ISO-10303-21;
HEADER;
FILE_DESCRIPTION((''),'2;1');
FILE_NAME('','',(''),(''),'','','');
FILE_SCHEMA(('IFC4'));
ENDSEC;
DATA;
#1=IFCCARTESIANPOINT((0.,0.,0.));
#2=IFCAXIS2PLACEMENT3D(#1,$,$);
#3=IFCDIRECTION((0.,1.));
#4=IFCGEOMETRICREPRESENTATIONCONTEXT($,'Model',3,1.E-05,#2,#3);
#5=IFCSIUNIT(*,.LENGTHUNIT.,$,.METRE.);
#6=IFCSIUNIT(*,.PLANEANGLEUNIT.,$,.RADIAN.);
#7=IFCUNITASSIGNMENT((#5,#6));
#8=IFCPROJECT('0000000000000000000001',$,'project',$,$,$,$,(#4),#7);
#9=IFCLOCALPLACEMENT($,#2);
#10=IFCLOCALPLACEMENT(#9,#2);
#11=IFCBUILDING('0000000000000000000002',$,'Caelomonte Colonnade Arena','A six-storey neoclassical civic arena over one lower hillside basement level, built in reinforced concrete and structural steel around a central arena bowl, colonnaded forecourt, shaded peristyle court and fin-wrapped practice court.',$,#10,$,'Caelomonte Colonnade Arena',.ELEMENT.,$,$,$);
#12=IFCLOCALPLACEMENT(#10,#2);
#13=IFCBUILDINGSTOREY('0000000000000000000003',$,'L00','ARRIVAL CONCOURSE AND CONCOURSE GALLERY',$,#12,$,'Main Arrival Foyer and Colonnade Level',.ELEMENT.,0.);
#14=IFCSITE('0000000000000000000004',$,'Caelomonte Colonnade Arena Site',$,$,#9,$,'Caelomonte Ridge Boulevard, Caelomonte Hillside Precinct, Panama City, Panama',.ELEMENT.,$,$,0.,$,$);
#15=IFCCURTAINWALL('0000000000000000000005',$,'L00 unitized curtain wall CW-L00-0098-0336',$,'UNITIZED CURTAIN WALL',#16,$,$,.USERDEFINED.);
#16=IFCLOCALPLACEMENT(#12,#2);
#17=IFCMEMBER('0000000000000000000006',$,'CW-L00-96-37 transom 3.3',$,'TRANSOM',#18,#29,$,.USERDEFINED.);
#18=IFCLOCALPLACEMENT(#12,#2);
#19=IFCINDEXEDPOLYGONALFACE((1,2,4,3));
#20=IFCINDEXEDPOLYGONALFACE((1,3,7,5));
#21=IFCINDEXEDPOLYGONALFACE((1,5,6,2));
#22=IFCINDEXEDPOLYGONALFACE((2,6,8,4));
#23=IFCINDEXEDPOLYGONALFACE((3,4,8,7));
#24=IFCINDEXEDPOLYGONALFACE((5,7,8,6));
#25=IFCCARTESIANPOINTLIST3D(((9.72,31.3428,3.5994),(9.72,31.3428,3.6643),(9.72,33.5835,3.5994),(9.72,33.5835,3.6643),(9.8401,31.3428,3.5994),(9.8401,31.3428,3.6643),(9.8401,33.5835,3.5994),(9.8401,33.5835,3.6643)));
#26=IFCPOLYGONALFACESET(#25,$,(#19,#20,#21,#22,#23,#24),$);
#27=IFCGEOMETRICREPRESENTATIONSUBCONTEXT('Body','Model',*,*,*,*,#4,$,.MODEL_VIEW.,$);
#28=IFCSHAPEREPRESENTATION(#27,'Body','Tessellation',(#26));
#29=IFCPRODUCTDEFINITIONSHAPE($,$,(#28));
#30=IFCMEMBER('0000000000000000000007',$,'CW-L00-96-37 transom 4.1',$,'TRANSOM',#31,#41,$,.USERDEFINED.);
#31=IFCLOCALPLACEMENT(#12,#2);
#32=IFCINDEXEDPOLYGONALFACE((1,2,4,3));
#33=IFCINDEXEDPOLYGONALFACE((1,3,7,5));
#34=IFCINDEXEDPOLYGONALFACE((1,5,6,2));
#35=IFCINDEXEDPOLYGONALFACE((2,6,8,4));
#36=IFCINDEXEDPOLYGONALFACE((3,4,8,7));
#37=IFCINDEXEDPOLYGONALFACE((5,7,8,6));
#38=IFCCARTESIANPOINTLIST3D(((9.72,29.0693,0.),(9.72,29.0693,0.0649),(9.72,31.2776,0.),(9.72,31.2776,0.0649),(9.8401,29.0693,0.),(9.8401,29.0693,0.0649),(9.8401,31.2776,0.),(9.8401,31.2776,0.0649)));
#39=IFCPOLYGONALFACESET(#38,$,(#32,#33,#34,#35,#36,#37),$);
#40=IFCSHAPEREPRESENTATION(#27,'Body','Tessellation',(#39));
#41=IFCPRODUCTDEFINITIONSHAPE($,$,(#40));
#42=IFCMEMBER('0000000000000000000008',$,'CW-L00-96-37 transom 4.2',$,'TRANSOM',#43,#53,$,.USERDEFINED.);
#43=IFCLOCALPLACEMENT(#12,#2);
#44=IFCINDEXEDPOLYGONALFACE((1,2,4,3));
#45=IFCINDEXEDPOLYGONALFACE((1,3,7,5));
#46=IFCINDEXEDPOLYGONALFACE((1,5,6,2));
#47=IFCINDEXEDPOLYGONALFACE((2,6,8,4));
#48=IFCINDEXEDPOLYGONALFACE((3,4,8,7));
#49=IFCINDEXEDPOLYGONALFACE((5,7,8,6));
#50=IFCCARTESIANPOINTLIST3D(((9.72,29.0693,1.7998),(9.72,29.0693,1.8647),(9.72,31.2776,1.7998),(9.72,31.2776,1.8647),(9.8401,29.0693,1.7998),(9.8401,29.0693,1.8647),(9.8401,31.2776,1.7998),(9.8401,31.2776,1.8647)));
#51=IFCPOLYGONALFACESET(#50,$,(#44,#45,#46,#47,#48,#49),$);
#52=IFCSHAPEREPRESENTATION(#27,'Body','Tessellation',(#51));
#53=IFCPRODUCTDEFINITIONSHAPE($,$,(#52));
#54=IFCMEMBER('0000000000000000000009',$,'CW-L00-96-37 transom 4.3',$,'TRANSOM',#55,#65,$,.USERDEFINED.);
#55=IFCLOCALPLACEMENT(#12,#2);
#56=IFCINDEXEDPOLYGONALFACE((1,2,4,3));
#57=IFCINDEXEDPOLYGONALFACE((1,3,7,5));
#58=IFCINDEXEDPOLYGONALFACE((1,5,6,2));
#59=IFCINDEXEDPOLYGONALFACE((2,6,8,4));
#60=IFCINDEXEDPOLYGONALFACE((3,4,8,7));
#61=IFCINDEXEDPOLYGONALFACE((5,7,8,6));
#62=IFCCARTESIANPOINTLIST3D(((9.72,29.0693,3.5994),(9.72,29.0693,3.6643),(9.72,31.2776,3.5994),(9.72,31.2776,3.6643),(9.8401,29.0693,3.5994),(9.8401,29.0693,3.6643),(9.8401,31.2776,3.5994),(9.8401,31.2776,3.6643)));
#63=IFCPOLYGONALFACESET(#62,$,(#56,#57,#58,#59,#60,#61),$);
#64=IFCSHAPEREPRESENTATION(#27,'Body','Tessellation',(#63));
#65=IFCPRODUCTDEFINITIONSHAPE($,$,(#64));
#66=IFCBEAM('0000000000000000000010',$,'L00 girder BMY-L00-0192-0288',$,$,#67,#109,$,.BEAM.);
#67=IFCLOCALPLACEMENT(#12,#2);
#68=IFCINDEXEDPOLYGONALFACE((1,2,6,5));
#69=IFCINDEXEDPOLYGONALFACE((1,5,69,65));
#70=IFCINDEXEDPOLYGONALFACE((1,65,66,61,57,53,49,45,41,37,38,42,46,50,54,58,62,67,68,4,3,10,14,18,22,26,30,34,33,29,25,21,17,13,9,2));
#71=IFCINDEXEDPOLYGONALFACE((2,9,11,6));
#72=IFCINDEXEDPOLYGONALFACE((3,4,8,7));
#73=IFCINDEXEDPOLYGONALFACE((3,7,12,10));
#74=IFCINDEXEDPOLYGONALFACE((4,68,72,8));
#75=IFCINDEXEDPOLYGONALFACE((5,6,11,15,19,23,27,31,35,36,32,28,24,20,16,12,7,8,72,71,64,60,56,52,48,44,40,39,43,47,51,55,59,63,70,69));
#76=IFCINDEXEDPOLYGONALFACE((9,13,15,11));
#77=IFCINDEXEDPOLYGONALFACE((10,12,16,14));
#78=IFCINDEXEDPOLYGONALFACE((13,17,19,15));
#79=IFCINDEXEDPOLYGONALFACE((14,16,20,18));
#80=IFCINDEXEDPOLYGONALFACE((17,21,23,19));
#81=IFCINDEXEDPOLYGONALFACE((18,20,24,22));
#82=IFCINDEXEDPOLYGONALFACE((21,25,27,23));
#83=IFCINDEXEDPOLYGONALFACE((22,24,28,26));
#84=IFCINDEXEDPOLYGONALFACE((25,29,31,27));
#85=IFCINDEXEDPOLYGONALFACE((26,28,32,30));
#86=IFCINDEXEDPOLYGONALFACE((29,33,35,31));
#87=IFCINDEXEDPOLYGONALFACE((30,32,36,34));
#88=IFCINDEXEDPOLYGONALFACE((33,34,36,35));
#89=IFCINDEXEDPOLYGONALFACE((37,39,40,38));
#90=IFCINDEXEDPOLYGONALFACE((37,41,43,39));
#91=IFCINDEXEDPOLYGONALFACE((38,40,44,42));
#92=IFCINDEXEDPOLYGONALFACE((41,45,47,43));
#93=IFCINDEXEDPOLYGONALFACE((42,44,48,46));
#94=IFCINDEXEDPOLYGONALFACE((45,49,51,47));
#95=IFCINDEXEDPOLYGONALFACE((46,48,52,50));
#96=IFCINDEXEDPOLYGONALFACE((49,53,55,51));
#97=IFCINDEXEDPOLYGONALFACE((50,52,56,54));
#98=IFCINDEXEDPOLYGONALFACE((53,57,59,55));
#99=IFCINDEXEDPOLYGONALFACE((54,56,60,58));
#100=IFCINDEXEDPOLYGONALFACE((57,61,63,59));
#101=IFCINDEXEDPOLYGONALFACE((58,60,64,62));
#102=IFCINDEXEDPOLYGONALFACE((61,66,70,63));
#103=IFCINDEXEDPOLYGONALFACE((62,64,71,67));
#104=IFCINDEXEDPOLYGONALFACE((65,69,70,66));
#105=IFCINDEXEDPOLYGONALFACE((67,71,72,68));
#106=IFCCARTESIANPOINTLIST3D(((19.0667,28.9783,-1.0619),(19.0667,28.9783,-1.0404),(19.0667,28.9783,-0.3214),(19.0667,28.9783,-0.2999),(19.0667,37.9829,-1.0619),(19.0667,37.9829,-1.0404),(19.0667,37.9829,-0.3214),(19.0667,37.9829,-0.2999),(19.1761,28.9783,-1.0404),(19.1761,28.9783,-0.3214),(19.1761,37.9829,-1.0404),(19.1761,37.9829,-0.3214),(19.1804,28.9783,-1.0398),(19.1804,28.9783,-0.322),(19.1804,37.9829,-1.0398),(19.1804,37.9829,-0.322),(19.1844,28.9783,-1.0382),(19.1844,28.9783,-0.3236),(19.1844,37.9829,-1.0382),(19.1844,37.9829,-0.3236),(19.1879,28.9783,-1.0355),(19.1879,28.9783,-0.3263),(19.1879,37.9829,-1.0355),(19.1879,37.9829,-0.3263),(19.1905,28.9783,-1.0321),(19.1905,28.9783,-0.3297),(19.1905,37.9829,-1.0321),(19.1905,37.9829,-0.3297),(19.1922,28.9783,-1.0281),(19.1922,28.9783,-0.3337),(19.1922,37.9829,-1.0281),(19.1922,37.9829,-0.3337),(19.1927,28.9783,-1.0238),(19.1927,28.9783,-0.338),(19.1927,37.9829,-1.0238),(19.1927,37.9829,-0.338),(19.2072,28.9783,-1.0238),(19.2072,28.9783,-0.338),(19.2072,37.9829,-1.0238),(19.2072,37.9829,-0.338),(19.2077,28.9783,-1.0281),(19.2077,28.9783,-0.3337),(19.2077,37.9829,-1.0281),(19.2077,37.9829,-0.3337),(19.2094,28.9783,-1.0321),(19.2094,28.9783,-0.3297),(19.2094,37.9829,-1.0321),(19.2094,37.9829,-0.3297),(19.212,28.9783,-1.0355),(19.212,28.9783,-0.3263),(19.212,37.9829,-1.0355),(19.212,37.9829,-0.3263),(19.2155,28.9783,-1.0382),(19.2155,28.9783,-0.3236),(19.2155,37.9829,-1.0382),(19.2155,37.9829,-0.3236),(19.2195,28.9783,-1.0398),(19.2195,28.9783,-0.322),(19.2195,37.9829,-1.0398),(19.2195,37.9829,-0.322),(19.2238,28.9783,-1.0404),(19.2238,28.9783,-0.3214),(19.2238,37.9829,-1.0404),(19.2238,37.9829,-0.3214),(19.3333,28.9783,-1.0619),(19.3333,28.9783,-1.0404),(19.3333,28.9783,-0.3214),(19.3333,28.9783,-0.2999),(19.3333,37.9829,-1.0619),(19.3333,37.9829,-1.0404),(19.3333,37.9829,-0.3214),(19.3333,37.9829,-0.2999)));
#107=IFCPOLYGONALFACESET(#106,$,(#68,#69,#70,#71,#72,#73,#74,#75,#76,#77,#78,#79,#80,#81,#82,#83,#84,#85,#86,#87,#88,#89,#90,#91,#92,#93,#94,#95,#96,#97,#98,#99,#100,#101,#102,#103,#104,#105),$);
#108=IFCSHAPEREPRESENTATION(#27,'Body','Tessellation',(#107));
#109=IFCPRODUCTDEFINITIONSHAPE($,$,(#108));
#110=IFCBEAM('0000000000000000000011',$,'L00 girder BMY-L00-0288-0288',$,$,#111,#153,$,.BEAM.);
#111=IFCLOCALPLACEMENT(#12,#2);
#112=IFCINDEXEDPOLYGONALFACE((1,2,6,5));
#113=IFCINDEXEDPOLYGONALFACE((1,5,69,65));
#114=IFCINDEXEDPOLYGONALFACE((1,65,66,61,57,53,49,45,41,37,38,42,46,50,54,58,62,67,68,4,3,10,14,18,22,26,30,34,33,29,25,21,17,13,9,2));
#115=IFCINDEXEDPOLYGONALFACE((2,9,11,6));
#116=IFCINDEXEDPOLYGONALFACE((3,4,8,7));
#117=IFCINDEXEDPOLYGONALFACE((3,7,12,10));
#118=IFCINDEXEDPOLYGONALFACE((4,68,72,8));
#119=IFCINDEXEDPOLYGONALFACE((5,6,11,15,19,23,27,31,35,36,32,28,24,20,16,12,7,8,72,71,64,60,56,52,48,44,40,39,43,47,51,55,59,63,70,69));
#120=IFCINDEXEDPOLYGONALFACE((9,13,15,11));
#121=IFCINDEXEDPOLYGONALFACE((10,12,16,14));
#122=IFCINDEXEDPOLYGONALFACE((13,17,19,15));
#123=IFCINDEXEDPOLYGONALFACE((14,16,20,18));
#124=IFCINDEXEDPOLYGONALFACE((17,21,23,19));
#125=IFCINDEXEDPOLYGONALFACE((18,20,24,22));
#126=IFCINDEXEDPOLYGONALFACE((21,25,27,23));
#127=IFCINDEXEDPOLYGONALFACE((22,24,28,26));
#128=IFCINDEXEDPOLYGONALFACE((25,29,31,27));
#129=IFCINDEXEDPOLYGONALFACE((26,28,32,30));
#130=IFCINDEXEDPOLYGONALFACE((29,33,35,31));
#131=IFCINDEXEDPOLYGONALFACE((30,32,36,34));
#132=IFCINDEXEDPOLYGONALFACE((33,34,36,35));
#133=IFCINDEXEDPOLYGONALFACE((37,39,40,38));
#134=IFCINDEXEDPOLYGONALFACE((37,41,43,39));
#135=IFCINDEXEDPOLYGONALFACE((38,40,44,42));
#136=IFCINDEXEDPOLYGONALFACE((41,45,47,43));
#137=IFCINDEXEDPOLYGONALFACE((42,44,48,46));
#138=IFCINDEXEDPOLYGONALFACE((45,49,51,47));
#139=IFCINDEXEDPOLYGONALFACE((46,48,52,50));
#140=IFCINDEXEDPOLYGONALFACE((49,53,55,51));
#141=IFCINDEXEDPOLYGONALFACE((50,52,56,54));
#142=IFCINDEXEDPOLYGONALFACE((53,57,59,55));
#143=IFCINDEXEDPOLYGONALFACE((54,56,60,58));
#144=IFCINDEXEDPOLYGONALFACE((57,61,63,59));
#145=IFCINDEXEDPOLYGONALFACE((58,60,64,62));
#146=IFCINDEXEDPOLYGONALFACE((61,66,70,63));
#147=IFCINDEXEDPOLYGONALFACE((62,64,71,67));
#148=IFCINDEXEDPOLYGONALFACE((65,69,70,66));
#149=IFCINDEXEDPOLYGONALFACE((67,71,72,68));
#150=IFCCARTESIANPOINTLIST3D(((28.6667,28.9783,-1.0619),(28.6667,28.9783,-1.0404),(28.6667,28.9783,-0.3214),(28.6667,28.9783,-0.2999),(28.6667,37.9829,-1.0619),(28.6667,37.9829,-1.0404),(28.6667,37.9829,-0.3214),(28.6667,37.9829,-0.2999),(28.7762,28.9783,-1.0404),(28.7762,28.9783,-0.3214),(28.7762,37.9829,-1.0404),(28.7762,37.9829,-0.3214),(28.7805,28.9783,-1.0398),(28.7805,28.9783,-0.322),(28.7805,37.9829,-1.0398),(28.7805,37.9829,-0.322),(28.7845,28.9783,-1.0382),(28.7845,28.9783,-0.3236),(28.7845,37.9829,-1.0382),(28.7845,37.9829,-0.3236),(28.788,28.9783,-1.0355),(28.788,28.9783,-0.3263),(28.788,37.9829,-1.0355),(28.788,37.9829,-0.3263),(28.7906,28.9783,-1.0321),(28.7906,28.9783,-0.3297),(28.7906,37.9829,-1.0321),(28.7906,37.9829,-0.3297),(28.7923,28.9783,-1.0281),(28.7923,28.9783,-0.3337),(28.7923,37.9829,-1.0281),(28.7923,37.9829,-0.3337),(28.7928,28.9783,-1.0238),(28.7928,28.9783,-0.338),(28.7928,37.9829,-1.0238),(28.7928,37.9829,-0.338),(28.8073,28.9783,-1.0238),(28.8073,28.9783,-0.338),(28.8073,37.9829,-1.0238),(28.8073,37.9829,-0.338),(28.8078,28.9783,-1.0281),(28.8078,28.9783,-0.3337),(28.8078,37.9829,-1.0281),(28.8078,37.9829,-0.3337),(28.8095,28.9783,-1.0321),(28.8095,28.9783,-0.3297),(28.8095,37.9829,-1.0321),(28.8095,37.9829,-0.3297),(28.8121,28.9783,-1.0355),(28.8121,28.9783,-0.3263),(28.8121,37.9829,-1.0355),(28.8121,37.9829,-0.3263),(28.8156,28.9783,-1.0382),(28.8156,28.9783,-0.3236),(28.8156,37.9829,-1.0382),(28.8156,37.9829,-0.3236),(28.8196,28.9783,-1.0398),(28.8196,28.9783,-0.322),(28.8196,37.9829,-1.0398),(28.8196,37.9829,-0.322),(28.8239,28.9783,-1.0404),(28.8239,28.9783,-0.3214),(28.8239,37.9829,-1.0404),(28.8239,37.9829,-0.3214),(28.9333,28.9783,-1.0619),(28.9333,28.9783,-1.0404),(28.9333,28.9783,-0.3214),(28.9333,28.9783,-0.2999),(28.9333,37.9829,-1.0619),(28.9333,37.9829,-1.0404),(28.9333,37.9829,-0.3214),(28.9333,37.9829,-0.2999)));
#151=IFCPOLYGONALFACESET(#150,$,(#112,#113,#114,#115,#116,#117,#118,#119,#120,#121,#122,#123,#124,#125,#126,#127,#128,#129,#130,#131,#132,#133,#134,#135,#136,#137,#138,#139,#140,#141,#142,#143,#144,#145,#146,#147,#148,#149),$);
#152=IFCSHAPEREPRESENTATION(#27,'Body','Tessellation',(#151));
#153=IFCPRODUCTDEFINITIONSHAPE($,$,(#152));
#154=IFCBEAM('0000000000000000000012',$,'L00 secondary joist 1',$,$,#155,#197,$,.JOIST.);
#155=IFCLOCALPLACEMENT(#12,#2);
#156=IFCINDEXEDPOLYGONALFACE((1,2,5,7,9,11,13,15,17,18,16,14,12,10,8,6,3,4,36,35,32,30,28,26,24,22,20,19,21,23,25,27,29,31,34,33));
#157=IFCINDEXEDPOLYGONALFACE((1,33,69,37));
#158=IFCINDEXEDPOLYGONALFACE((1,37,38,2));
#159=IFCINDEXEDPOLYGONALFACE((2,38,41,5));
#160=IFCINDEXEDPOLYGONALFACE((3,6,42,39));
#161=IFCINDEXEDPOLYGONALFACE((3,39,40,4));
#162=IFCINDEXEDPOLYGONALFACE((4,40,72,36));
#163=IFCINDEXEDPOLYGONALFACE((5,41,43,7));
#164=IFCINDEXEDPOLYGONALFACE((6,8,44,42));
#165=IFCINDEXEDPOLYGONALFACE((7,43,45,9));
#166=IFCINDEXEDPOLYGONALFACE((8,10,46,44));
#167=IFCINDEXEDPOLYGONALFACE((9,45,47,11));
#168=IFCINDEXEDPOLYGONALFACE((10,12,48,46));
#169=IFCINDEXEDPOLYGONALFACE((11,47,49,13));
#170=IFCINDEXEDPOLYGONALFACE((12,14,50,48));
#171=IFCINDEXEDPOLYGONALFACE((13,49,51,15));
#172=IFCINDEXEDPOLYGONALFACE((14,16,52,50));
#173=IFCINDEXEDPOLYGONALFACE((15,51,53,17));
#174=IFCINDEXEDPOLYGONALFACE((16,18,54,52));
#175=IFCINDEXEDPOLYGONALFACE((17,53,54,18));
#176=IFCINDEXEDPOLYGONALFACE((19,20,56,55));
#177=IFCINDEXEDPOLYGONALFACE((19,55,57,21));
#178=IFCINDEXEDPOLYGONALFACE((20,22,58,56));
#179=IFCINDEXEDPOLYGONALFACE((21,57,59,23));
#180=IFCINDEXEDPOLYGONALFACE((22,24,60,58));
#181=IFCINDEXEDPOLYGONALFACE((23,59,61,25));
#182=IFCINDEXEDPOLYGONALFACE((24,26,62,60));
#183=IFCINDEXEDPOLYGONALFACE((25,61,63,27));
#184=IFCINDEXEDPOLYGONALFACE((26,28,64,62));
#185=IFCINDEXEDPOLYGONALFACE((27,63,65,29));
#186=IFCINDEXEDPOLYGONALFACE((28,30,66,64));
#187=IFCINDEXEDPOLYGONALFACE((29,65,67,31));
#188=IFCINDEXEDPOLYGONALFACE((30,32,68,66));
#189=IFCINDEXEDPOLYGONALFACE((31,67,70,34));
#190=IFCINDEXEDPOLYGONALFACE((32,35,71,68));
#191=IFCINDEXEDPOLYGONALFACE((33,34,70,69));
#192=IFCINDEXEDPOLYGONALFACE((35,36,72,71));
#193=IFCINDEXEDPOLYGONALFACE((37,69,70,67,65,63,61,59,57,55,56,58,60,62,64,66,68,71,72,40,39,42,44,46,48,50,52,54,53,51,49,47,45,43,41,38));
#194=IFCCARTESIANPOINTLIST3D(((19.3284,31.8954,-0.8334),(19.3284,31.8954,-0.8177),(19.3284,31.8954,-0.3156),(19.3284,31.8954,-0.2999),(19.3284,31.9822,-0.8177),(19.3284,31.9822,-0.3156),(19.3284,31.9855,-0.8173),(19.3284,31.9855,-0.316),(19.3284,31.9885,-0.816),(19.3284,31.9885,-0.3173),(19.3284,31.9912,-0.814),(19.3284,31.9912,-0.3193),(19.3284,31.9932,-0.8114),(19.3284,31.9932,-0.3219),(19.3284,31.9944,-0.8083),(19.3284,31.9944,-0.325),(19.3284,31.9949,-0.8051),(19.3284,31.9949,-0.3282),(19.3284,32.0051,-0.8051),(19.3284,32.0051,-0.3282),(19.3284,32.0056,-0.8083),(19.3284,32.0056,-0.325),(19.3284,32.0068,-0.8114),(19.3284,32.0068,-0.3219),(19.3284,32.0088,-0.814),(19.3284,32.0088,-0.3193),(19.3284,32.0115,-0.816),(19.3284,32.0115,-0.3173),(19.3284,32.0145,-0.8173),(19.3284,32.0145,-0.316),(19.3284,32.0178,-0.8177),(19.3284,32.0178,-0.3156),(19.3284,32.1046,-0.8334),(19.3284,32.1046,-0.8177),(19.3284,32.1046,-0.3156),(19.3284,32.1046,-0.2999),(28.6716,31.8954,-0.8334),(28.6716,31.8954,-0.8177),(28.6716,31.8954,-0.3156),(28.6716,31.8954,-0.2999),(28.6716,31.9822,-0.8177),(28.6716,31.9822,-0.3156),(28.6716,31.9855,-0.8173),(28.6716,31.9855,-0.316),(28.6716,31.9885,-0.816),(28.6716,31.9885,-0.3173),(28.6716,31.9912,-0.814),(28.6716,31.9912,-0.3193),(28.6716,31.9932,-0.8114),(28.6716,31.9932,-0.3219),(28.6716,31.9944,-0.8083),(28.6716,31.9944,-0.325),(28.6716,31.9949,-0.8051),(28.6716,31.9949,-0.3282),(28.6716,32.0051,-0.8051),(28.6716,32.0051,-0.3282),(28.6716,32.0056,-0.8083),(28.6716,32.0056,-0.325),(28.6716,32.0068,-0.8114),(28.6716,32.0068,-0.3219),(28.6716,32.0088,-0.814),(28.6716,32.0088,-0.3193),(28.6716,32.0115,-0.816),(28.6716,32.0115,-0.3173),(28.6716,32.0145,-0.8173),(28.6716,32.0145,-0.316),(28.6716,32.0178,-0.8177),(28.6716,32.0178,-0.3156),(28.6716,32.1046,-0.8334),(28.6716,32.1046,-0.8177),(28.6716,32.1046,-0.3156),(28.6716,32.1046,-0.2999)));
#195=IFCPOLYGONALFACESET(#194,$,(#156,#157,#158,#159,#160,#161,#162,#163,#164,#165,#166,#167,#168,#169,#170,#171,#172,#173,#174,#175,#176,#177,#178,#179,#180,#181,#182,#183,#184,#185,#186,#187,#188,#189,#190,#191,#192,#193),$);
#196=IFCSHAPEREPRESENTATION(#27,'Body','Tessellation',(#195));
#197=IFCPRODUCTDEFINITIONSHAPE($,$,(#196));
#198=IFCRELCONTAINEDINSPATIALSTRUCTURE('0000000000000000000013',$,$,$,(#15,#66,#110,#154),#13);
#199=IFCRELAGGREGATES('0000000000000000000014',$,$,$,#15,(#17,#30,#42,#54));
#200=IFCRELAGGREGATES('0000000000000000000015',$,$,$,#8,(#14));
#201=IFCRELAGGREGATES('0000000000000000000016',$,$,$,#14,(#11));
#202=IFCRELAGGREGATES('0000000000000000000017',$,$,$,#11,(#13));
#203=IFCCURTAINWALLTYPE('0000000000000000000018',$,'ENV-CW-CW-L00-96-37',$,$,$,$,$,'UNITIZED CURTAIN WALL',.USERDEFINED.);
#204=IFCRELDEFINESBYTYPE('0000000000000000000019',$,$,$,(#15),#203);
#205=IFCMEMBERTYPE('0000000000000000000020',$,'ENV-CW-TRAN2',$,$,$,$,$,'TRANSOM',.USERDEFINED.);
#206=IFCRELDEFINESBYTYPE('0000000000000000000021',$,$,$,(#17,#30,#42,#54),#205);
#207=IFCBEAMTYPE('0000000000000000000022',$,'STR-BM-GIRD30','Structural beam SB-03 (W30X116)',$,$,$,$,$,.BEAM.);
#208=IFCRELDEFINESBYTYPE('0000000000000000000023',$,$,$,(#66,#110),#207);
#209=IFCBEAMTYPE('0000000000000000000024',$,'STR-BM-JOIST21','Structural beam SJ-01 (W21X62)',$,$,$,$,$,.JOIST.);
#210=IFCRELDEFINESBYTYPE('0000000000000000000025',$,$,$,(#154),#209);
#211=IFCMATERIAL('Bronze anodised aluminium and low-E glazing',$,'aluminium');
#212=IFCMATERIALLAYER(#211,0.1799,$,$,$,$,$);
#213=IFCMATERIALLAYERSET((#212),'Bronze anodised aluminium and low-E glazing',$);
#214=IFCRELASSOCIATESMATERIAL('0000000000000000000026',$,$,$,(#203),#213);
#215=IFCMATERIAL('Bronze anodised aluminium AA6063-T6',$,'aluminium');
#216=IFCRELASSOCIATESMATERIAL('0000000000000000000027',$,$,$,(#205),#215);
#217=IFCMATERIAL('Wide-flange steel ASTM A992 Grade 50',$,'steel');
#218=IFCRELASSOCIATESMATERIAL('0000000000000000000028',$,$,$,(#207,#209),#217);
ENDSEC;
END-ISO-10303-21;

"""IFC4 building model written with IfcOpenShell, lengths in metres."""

from ifc_helpers import new_model, si_unit, direction, frame, origin, origin_2d, place, context, subcontext, project, spatial, rectangle, i_section, extrude, material, layer, layer_set, material_profile, profile_set, type_object, element, aggregate, save


model = new_model("IFC4")

# Units and contexts
model_context = context("Model", 3, precision=1e-05, world=origin(), true_north=direction((0.0, 1.0)))
body_context = subcontext(model_context, "Body", "Model", "MODEL_VIEW")
ifc_project = project(units=[si_unit("LENGTHUNIT", "METRE"), si_unit("PLANEANGLEUNIT", "RADIAN")], contexts=[model_context])

# Site, building, storey
site_placement = place(None, origin())
site = spatial("IfcSite", under=ifc_project, at=site_placement, Name="Caelomonte Colonnade Arena Site", LongName="Caelomonte Ridge Boulevard, Caelomonte Hillside Precinct, Panama City, Panama", CompositionType="ELEMENT", RefElevation=0.0)
building_placement = place(site_placement, origin())
building = spatial("IfcBuilding", under=site, at=building_placement, Name="Caelomonte Colonnade Arena", Description="A six-storey neoclassical civic arena over one lower hillside basement level, built in reinforced concrete and structural steel around a central arena bowl, colonnaded forecourt, shaded peristyle court and fin-wrapped practice court.", LongName="Caelomonte Colonnade Arena", CompositionType="ELEMENT")
storey_placement = place(building_placement, origin())
storey = spatial("IfcBuildingStorey", under=building, at=storey_placement, Name="L00", Description="ARRIVAL CONCOURSE AND CONCOURSE GALLERY", LongName="Main Arrival Foyer and Colonnade Level", CompositionType="ELEMENT", Elevation=0.0)

# Shared definitions
ifc_material_1 = material(Name="Wide-flange steel ASTM A992 Grade 50", Category="steel")

# Curtain wall, members
ifc_material_2 = material(Name="Bronze anodised aluminium and low-E glazing", Category="aluminium")
ifc_layer_1 = layer(ifc_material_2, 0.1799)
ifc_layer_set_1 = layer_set([ifc_layer_1], Name="Bronze anodised aluminium and low-E glazing")
curtain_wall_type = type_object("IfcCurtainWallType", Name="ENV-CW-CW-L00-96-37", ElementType="UNITIZED CURTAIN WALL", PredefinedType="USERDEFINED", material=ifc_layer_set_1)
curtain_wall_placement = place(storey_placement, origin())
curtain_wall = element("IfcCurtainWall", 1, at=curtain_wall_placement, inside=storey, type_object=curtain_wall_type, Name="L00 unitized curtain wall CW-L00-0098-0336", ObjectType="UNITIZED CURTAIN WALL", PredefinedType="USERDEFINED")
ifc_material_3 = material(Name="Bronze anodised aluminium AA6063-T6", Category="aluminium")
ifc_material_profile_1 = material_profile(ifc_material_3, rectangle(XDim=0.0649, YDim=0.1201, at=origin_2d()), Name="CWT-65X120")
ifc_profile_set_1 = profile_set([ifc_material_profile_1], Name="Bronze anodised aluminium AA6063-T6")
member_type_1 = type_object("IfcMemberType", Name="ENV-CW-TRAN2", ElementType="TRANSOM", PredefinedType="USERDEFINED", material=ifc_profile_set_1)
member_1_placement = place(storey_placement, frame((9.78, 33.5835, 3.6318), z_axis=(0.0, -1.0, 0.0), x_axis=(0.0, 0.0, 1.0)))
member_1 = element("IfcMember", 2, at=member_1_placement, type_object=member_type_1, Name="CW-L00-96-37 transom 3.3", ObjectType="TRANSOM", PredefinedType="USERDEFINED", context=body_context, shape_type="SweptSolid", body=[
    extrude(rectangle(XDim=0.0649, YDim=0.1201, at=origin_2d()), origin(), (0.0, 0.0, 1.0), 2.2407),
])
member_2_placement = place(storey_placement, frame((9.78, 31.2776, 0.0325), z_axis=(0.0, -1.0, 0.0), x_axis=(0.0, 0.0, 1.0)))
member_2 = element("IfcMember", 3, at=member_2_placement, type_object=member_type_1, Name="CW-L00-96-37 transom 4.1", ObjectType="TRANSOM", PredefinedType="USERDEFINED", context=body_context, shape_type="SweptSolid", body=[
    extrude(rectangle(XDim=0.0649, YDim=0.1201, at=origin_2d()), origin(), (0.0, 0.0, 1.0), 2.2083),
])
member_3_placement = place(storey_placement, frame((9.78, 31.2776, 1.8323), z_axis=(0.0, -1.0, 0.0), x_axis=(0.0, 0.0, 1.0)))
member_3 = element("IfcMember", 4, at=member_3_placement, type_object=member_type_1, Name="CW-L00-96-37 transom 4.2", ObjectType="TRANSOM", PredefinedType="USERDEFINED", context=body_context, shape_type="SweptSolid", body=[
    extrude(rectangle(XDim=0.0649, YDim=0.1201, at=origin_2d()), origin(), (0.0, 0.0, 1.0), 2.2083),
])
member_4_placement = place(storey_placement, frame((9.78, 31.2776, 3.6318), z_axis=(0.0, -1.0, 0.0), x_axis=(0.0, 0.0, 1.0)))
member_4 = element("IfcMember", 5, at=member_4_placement, type_object=member_type_1, Name="CW-L00-96-37 transom 4.3", ObjectType="TRANSOM", PredefinedType="USERDEFINED", context=body_context, shape_type="SweptSolid", body=[
    extrude(rectangle(XDim=0.0649, YDim=0.1201, at=origin_2d()), origin(), (0.0, 0.0, 1.0), 2.2083),
])

# Beams
ifc_material_profile_2 = material_profile(ifc_material_1, i_section(OverallWidth=0.2666, OverallDepth=0.762, WebThickness=0.0144, FlangeThickness=0.0215, FilletRadius=0.0166, at=origin_2d()), Name="W30X116")
ifc_profile_set_2 = profile_set([ifc_material_profile_2], Name="Wide-flange steel ASTM A992 Grade 50")
beam_type_1 = type_object("IfcBeamType", Name="STR-BM-GIRD30", Description="Structural beam SB-03 (W30X116)", PredefinedType="BEAM", material=ifc_profile_set_2)
for number, where, z_axis, x_axis, name in (
    (6, (19.2, 28.9783, -0.6809), (0.0, 1.0, 0.0), (-1.0, 0.0, 0.0), "L00 girder BMY-L00-0192-0288"),
    (7, (28.8, 28.9783, -0.6809), (0.0, 1.0, 0.0), (-1.0, 0.0, 0.0), "L00 girder BMY-L00-0288-0288"),
):
    element("IfcBeam", number, at=place(storey_placement, frame(where, z_axis=z_axis, x_axis=x_axis)), inside=storey, type_object=beam_type_1, Name=name, PredefinedType="BEAM", context=body_context, shape_type="SweptSolid", body=[
        extrude(i_section(OverallWidth=0.2666, OverallDepth=0.762, WebThickness=0.0144, FlangeThickness=0.0215, FilletRadius=0.0166, at=origin_2d()), origin(), (0.0, 0.0, 1.0), 9.0046),
    ])
ifc_material_profile_3 = material_profile(ifc_material_1, i_section(OverallWidth=0.2092, OverallDepth=0.5334, WebThickness=0.0103, FlangeThickness=0.0156, FilletRadius=0.0127, at=origin_2d()), Name="W21X62")
ifc_profile_set_3 = profile_set([ifc_material_profile_3], Name="Wide-flange steel ASTM A992 Grade 50")
beam_type_2 = type_object("IfcBeamType", Name="STR-BM-JOIST21", Description="Structural beam SJ-01 (W21X62)", PredefinedType="JOIST", material=ifc_profile_set_3)
for number, where, z_axis, x_axis, name in (
    (8, (19.3284, 32.0, -0.5667), (1.0, 0.0, 0.0), (0.0, 1.0, 0.0), "L00 secondary joist 1"),
):
    element("IfcBeam", number, at=place(storey_placement, frame(where, z_axis=z_axis, x_axis=x_axis)), inside=storey, type_object=beam_type_2, Name=name, PredefinedType="JOIST", context=body_context, shape_type="SweptSolid", body=[
        extrude(i_section(OverallWidth=0.2092, OverallDepth=0.5334, WebThickness=0.0103, FlangeThickness=0.0156, FilletRadius=0.0127, at=origin_2d()), origin(), (0.0, 0.0, 1.0), 9.3433),
    ])

aggregate(curtain_wall, [member_1, member_2, member_3, member_4])

save(model, "model.ifc")
